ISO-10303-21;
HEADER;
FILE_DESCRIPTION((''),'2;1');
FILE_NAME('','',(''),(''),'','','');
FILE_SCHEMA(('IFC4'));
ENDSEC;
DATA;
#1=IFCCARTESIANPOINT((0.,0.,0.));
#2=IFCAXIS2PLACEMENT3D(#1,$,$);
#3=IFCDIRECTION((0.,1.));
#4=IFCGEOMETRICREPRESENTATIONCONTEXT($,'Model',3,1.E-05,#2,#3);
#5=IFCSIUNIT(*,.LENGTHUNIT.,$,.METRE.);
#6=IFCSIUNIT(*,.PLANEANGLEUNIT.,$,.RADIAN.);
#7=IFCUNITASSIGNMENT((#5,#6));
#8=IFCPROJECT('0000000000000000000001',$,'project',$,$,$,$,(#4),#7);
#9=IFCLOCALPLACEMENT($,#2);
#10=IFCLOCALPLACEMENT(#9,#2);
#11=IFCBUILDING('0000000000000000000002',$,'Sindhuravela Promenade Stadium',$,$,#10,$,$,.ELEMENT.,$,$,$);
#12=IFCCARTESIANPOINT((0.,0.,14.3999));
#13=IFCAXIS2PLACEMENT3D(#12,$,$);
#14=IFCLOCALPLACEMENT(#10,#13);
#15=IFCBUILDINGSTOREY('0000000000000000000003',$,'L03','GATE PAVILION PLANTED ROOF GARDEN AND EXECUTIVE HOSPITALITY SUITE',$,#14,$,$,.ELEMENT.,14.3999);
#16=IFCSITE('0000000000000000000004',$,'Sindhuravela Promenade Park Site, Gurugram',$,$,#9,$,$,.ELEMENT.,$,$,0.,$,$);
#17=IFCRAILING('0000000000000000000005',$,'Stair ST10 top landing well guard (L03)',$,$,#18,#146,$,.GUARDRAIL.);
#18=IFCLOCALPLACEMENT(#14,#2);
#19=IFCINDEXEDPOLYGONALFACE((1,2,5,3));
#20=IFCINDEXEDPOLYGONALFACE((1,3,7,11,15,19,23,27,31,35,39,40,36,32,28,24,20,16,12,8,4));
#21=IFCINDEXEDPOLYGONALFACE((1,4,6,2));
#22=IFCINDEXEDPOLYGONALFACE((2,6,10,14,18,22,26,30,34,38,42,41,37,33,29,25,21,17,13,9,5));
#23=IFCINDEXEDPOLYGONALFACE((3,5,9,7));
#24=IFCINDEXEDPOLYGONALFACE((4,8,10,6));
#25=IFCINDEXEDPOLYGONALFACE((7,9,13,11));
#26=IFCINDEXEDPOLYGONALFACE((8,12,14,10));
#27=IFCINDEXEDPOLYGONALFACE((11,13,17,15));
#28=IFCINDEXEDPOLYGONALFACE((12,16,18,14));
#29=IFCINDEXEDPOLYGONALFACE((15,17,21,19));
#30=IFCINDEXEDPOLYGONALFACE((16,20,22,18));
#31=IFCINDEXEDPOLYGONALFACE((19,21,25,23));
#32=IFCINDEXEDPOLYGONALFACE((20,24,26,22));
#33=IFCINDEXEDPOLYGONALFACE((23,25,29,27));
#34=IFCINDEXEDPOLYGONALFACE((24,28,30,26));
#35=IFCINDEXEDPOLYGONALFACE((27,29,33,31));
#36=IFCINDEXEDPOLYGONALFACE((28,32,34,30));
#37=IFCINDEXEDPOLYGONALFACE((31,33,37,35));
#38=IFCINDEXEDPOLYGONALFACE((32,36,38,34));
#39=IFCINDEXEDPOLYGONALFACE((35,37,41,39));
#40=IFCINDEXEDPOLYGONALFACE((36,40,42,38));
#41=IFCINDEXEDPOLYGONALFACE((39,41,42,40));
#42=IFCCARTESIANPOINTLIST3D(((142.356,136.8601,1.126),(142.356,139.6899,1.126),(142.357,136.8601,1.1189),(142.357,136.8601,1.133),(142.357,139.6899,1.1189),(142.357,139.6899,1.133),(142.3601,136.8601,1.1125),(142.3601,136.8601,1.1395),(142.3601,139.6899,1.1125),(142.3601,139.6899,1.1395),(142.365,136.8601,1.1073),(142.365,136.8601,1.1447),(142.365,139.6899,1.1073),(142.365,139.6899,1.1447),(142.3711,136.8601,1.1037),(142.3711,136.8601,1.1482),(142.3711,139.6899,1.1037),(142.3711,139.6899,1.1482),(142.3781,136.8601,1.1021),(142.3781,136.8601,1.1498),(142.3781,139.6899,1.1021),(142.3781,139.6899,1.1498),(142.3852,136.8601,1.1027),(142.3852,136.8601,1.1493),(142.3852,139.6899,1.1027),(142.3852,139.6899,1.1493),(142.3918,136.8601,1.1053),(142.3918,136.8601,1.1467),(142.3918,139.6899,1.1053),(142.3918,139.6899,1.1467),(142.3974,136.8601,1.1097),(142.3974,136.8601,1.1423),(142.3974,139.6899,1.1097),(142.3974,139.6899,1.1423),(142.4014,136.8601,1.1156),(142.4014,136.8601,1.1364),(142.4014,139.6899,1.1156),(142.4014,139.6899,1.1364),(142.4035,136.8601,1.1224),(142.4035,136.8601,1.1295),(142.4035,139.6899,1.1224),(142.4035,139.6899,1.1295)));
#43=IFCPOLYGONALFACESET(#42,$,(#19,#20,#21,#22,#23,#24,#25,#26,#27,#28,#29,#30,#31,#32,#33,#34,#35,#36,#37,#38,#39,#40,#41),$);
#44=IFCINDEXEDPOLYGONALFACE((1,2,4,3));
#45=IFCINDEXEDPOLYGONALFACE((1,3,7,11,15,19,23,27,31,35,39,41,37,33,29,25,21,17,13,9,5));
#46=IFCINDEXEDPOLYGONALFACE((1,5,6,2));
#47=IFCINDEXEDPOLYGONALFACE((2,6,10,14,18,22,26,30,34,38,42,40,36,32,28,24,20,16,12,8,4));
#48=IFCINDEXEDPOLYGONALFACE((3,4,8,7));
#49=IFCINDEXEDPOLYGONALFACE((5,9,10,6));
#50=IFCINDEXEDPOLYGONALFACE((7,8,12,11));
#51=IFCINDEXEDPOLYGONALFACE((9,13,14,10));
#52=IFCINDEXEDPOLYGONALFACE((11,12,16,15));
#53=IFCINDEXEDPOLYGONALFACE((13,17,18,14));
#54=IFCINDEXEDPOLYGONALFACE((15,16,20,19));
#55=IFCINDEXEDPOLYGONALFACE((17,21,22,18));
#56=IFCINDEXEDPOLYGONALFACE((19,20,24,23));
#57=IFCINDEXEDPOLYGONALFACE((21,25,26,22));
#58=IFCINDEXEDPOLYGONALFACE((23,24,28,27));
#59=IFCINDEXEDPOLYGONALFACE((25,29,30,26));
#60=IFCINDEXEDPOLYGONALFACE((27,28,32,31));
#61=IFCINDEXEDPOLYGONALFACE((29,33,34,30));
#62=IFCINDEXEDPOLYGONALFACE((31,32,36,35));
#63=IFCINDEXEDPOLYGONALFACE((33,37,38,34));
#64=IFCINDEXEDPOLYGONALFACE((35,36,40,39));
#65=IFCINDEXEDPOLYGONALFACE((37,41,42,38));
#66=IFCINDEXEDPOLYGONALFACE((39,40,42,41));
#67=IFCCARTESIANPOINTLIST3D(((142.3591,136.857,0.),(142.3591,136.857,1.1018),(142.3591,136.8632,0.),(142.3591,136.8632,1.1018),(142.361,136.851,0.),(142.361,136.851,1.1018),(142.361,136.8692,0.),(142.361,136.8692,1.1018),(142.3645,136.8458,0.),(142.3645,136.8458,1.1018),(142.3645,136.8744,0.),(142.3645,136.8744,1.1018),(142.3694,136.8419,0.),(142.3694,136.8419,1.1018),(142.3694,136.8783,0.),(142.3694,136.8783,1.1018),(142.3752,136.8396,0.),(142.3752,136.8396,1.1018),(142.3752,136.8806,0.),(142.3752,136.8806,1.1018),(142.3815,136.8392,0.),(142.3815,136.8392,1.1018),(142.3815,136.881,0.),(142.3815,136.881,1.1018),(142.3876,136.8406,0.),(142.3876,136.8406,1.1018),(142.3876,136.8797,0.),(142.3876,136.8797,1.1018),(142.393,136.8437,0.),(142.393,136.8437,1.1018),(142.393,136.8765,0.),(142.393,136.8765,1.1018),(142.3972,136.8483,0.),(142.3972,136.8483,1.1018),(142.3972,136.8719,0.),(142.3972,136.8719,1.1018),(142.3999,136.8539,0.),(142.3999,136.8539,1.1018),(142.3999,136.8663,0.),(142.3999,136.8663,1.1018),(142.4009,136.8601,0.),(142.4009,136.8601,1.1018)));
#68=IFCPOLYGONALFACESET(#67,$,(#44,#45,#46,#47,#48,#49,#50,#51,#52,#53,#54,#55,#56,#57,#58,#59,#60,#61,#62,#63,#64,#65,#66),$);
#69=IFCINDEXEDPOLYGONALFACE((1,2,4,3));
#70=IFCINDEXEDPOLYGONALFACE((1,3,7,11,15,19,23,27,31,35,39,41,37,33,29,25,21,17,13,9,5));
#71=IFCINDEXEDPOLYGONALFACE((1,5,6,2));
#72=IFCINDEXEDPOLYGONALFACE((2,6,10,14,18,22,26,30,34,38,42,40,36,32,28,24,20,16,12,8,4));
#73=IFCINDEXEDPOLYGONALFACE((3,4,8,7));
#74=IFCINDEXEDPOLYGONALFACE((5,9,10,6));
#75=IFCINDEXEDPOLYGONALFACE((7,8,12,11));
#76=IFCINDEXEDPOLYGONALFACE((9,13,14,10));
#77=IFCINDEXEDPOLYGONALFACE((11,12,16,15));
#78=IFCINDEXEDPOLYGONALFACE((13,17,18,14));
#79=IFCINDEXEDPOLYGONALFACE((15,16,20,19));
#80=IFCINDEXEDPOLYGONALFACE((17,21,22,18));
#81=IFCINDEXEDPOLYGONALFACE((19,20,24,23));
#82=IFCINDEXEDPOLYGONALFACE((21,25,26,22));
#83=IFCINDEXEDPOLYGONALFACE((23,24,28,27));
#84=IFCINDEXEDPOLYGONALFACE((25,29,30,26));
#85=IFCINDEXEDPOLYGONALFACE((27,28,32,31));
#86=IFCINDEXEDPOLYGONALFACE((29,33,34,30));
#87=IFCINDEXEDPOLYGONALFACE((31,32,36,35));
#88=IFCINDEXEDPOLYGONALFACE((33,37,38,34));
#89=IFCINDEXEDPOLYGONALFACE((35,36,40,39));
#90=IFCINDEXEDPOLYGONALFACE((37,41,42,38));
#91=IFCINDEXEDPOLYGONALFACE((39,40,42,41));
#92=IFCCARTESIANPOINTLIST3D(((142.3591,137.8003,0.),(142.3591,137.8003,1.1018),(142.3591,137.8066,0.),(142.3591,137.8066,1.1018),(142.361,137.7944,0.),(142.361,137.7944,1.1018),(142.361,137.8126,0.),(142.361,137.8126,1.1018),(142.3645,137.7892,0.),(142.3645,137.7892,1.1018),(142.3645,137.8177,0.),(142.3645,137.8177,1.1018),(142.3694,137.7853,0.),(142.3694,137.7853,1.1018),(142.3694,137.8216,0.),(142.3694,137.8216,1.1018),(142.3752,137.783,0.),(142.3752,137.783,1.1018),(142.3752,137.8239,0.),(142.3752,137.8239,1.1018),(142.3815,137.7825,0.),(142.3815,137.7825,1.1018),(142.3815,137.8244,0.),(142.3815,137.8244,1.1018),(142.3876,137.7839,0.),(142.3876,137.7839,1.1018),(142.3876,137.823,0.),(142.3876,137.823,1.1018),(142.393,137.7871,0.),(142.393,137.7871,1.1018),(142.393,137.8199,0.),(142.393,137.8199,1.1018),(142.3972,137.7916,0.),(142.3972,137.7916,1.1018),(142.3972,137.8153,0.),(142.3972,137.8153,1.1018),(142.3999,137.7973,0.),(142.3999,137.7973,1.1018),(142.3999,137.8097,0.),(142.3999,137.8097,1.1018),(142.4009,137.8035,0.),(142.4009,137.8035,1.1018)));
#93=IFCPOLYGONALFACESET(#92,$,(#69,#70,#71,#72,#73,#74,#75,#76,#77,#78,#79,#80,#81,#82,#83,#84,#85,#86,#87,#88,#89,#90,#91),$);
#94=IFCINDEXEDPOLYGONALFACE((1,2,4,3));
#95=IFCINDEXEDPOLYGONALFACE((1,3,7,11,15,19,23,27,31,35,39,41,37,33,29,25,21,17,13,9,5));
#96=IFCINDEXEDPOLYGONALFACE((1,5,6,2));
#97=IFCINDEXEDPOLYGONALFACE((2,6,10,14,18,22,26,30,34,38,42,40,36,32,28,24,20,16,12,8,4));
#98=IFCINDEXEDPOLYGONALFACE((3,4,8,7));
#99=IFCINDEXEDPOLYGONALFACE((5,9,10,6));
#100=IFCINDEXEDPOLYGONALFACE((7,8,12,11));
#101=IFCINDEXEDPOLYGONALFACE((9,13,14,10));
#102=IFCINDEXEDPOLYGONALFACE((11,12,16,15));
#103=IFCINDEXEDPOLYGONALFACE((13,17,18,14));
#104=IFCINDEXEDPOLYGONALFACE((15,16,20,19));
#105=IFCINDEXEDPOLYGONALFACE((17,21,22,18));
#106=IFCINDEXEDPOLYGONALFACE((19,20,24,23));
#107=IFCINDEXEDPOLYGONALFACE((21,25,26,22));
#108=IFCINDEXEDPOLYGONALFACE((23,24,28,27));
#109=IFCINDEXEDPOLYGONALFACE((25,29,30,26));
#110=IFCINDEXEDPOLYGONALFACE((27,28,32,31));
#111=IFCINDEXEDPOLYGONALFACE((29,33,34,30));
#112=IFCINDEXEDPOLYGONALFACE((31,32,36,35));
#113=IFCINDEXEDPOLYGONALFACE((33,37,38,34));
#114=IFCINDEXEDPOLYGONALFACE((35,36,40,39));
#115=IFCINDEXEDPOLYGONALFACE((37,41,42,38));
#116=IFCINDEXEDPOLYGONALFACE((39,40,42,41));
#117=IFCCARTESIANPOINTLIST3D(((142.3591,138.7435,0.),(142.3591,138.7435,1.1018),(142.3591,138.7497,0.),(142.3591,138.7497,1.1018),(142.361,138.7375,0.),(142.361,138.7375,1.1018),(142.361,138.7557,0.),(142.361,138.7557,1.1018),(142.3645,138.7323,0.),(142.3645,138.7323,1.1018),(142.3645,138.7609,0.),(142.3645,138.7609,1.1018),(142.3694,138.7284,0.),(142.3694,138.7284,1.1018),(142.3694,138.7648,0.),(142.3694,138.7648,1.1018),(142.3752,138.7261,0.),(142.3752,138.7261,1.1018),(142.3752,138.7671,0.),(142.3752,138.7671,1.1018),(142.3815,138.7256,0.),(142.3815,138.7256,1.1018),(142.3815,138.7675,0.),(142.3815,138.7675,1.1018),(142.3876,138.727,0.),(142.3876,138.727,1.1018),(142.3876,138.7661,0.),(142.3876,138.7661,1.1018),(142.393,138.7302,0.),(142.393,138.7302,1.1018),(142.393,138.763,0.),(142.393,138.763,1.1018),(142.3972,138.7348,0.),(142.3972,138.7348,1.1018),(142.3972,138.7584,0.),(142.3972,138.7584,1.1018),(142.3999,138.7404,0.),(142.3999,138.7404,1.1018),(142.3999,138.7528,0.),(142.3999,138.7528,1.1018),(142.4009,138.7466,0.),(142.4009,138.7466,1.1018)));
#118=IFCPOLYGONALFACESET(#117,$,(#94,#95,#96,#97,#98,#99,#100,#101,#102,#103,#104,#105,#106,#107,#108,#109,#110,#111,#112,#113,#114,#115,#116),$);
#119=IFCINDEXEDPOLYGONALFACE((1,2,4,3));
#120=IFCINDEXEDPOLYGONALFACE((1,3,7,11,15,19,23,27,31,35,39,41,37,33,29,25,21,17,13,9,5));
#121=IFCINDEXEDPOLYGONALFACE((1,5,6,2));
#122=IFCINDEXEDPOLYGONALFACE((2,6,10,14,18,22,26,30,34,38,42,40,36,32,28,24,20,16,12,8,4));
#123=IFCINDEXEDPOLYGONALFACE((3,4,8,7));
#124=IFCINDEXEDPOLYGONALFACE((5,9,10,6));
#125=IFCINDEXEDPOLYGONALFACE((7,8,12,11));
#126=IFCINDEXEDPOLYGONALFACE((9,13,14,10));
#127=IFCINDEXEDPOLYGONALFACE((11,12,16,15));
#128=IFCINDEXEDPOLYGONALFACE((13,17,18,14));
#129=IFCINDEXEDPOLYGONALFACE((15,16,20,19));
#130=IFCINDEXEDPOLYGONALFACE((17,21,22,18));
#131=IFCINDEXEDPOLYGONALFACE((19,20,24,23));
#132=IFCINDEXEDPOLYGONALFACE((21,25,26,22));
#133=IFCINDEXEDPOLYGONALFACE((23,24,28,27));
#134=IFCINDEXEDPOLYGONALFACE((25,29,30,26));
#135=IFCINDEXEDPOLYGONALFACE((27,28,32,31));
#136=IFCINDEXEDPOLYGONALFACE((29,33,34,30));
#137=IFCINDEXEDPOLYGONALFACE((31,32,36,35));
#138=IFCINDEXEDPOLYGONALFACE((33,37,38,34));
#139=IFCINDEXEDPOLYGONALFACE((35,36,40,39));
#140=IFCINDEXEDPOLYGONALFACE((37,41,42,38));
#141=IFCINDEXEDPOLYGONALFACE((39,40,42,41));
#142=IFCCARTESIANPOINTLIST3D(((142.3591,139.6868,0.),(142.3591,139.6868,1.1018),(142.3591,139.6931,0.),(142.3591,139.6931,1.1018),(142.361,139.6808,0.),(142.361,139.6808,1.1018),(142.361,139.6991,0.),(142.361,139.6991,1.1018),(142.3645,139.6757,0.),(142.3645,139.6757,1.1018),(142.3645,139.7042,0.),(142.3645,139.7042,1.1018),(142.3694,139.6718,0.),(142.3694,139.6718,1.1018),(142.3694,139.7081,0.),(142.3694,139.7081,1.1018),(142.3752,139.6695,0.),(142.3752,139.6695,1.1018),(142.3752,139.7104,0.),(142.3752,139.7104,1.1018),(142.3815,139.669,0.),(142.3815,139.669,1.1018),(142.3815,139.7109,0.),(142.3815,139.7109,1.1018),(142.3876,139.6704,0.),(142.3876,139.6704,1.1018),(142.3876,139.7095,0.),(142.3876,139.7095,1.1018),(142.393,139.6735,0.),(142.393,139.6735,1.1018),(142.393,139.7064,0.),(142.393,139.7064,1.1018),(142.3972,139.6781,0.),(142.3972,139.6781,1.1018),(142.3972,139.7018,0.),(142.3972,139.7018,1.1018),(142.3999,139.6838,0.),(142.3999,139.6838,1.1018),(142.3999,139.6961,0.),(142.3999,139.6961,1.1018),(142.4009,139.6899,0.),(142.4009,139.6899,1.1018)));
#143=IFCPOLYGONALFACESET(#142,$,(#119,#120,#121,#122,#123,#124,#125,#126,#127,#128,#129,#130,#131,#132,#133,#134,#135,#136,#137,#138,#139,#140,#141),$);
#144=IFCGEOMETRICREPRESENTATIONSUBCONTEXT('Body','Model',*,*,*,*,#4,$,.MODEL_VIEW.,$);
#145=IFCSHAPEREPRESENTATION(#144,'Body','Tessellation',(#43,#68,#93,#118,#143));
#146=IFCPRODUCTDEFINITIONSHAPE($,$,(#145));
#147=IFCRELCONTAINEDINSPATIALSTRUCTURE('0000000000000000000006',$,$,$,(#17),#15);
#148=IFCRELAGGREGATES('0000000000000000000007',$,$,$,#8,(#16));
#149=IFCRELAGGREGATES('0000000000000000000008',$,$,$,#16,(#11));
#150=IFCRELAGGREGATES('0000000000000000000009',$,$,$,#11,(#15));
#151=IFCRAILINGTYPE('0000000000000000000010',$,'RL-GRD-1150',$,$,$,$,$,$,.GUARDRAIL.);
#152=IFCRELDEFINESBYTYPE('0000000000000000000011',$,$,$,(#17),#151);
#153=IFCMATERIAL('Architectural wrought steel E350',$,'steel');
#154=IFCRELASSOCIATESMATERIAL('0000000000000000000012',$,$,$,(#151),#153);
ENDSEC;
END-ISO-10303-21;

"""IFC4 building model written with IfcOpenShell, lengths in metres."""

from ifc_helpers import new_model, si_unit, direction, frame, origin, origin_2d, place, context, subcontext, project, spatial, circle, extrude, material, type_object, element, save


model = new_model("IFC4")

# Units and contexts
model_context = context("Model", 3, precision=1e-05, world=origin(), true_north=direction((0.0, 1.0)))
body_context = subcontext(model_context, "Body", "Model", "MODEL_VIEW")
ifc_project = project(units=[si_unit("LENGTHUNIT", "METRE"), si_unit("PLANEANGLEUNIT", "RADIAN")], contexts=[model_context])

# Site, building, storey
site_placement = place(None, origin())
site = spatial("IfcSite", under=ifc_project, at=site_placement, Name="Sindhuravela Promenade Park Site, Gurugram", CompositionType="ELEMENT", RefElevation=0.0)
building_placement = place(site_placement, origin())
building = spatial("IfcBuilding", under=site, at=building_placement, Name="Sindhuravela Promenade Stadium", CompositionType="ELEMENT")
storey_placement = place(building_placement, frame((0.0, 0.0, 14.3999)))
storey = spatial("IfcBuildingStorey", under=building, at=storey_placement, Name="L03", Description="GATE PAVILION PLANTED ROOF GARDEN AND EXECUTIVE HOSPITALITY SUITE", CompositionType="ELEMENT", Elevation=14.3999)

# Shared definitions
ifc_material_1 = material(Name="Architectural wrought steel E350", Category="steel")

# Railing
railing_type = type_object("IfcRailingType", Name="RL-GRD-1150", PredefinedType="GUARDRAIL", material=ifc_material_1)
railing_placement = place(storey_placement, frame((142.3799, 136.8601, 0.0)))
element("IfcRailing", 1, at=railing_placement, inside=storey, type_object=railing_type, Name="Stair ST10 top landing well guard (L03)", PredefinedType="GUARDRAIL", context=body_context, shape_type="SweptSolid", body=[
    extrude(circle(Radius=0.0239, at=origin_2d()), frame((0.0, 0.0, 1.126), z_axis=(0.0, 1.0, 0.0), x_axis=(-1.0, 0.0, 0.0)), (0.0, 0.0, 1.0), 2.8298),
    extrude(circle(Radius=0.021, at=origin_2d()), origin(), (0.0, 0.0, 1.0), 1.1018),
    extrude(circle(Radius=0.021, at=origin_2d()), frame((0.0, 0.9434, 0.0)), (0.0, 0.0, 1.0), 1.1018),
    extrude(circle(Radius=0.021, at=origin_2d()), frame((0.0, 1.8865, 0.0)), (0.0, 0.0, 1.0), 1.1018),
    extrude(circle(Radius=0.021, at=origin_2d()), frame((0.0, 2.8298, 0.0)), (0.0, 0.0, 1.0), 1.1018),
])

save(model, "model.ifc")
